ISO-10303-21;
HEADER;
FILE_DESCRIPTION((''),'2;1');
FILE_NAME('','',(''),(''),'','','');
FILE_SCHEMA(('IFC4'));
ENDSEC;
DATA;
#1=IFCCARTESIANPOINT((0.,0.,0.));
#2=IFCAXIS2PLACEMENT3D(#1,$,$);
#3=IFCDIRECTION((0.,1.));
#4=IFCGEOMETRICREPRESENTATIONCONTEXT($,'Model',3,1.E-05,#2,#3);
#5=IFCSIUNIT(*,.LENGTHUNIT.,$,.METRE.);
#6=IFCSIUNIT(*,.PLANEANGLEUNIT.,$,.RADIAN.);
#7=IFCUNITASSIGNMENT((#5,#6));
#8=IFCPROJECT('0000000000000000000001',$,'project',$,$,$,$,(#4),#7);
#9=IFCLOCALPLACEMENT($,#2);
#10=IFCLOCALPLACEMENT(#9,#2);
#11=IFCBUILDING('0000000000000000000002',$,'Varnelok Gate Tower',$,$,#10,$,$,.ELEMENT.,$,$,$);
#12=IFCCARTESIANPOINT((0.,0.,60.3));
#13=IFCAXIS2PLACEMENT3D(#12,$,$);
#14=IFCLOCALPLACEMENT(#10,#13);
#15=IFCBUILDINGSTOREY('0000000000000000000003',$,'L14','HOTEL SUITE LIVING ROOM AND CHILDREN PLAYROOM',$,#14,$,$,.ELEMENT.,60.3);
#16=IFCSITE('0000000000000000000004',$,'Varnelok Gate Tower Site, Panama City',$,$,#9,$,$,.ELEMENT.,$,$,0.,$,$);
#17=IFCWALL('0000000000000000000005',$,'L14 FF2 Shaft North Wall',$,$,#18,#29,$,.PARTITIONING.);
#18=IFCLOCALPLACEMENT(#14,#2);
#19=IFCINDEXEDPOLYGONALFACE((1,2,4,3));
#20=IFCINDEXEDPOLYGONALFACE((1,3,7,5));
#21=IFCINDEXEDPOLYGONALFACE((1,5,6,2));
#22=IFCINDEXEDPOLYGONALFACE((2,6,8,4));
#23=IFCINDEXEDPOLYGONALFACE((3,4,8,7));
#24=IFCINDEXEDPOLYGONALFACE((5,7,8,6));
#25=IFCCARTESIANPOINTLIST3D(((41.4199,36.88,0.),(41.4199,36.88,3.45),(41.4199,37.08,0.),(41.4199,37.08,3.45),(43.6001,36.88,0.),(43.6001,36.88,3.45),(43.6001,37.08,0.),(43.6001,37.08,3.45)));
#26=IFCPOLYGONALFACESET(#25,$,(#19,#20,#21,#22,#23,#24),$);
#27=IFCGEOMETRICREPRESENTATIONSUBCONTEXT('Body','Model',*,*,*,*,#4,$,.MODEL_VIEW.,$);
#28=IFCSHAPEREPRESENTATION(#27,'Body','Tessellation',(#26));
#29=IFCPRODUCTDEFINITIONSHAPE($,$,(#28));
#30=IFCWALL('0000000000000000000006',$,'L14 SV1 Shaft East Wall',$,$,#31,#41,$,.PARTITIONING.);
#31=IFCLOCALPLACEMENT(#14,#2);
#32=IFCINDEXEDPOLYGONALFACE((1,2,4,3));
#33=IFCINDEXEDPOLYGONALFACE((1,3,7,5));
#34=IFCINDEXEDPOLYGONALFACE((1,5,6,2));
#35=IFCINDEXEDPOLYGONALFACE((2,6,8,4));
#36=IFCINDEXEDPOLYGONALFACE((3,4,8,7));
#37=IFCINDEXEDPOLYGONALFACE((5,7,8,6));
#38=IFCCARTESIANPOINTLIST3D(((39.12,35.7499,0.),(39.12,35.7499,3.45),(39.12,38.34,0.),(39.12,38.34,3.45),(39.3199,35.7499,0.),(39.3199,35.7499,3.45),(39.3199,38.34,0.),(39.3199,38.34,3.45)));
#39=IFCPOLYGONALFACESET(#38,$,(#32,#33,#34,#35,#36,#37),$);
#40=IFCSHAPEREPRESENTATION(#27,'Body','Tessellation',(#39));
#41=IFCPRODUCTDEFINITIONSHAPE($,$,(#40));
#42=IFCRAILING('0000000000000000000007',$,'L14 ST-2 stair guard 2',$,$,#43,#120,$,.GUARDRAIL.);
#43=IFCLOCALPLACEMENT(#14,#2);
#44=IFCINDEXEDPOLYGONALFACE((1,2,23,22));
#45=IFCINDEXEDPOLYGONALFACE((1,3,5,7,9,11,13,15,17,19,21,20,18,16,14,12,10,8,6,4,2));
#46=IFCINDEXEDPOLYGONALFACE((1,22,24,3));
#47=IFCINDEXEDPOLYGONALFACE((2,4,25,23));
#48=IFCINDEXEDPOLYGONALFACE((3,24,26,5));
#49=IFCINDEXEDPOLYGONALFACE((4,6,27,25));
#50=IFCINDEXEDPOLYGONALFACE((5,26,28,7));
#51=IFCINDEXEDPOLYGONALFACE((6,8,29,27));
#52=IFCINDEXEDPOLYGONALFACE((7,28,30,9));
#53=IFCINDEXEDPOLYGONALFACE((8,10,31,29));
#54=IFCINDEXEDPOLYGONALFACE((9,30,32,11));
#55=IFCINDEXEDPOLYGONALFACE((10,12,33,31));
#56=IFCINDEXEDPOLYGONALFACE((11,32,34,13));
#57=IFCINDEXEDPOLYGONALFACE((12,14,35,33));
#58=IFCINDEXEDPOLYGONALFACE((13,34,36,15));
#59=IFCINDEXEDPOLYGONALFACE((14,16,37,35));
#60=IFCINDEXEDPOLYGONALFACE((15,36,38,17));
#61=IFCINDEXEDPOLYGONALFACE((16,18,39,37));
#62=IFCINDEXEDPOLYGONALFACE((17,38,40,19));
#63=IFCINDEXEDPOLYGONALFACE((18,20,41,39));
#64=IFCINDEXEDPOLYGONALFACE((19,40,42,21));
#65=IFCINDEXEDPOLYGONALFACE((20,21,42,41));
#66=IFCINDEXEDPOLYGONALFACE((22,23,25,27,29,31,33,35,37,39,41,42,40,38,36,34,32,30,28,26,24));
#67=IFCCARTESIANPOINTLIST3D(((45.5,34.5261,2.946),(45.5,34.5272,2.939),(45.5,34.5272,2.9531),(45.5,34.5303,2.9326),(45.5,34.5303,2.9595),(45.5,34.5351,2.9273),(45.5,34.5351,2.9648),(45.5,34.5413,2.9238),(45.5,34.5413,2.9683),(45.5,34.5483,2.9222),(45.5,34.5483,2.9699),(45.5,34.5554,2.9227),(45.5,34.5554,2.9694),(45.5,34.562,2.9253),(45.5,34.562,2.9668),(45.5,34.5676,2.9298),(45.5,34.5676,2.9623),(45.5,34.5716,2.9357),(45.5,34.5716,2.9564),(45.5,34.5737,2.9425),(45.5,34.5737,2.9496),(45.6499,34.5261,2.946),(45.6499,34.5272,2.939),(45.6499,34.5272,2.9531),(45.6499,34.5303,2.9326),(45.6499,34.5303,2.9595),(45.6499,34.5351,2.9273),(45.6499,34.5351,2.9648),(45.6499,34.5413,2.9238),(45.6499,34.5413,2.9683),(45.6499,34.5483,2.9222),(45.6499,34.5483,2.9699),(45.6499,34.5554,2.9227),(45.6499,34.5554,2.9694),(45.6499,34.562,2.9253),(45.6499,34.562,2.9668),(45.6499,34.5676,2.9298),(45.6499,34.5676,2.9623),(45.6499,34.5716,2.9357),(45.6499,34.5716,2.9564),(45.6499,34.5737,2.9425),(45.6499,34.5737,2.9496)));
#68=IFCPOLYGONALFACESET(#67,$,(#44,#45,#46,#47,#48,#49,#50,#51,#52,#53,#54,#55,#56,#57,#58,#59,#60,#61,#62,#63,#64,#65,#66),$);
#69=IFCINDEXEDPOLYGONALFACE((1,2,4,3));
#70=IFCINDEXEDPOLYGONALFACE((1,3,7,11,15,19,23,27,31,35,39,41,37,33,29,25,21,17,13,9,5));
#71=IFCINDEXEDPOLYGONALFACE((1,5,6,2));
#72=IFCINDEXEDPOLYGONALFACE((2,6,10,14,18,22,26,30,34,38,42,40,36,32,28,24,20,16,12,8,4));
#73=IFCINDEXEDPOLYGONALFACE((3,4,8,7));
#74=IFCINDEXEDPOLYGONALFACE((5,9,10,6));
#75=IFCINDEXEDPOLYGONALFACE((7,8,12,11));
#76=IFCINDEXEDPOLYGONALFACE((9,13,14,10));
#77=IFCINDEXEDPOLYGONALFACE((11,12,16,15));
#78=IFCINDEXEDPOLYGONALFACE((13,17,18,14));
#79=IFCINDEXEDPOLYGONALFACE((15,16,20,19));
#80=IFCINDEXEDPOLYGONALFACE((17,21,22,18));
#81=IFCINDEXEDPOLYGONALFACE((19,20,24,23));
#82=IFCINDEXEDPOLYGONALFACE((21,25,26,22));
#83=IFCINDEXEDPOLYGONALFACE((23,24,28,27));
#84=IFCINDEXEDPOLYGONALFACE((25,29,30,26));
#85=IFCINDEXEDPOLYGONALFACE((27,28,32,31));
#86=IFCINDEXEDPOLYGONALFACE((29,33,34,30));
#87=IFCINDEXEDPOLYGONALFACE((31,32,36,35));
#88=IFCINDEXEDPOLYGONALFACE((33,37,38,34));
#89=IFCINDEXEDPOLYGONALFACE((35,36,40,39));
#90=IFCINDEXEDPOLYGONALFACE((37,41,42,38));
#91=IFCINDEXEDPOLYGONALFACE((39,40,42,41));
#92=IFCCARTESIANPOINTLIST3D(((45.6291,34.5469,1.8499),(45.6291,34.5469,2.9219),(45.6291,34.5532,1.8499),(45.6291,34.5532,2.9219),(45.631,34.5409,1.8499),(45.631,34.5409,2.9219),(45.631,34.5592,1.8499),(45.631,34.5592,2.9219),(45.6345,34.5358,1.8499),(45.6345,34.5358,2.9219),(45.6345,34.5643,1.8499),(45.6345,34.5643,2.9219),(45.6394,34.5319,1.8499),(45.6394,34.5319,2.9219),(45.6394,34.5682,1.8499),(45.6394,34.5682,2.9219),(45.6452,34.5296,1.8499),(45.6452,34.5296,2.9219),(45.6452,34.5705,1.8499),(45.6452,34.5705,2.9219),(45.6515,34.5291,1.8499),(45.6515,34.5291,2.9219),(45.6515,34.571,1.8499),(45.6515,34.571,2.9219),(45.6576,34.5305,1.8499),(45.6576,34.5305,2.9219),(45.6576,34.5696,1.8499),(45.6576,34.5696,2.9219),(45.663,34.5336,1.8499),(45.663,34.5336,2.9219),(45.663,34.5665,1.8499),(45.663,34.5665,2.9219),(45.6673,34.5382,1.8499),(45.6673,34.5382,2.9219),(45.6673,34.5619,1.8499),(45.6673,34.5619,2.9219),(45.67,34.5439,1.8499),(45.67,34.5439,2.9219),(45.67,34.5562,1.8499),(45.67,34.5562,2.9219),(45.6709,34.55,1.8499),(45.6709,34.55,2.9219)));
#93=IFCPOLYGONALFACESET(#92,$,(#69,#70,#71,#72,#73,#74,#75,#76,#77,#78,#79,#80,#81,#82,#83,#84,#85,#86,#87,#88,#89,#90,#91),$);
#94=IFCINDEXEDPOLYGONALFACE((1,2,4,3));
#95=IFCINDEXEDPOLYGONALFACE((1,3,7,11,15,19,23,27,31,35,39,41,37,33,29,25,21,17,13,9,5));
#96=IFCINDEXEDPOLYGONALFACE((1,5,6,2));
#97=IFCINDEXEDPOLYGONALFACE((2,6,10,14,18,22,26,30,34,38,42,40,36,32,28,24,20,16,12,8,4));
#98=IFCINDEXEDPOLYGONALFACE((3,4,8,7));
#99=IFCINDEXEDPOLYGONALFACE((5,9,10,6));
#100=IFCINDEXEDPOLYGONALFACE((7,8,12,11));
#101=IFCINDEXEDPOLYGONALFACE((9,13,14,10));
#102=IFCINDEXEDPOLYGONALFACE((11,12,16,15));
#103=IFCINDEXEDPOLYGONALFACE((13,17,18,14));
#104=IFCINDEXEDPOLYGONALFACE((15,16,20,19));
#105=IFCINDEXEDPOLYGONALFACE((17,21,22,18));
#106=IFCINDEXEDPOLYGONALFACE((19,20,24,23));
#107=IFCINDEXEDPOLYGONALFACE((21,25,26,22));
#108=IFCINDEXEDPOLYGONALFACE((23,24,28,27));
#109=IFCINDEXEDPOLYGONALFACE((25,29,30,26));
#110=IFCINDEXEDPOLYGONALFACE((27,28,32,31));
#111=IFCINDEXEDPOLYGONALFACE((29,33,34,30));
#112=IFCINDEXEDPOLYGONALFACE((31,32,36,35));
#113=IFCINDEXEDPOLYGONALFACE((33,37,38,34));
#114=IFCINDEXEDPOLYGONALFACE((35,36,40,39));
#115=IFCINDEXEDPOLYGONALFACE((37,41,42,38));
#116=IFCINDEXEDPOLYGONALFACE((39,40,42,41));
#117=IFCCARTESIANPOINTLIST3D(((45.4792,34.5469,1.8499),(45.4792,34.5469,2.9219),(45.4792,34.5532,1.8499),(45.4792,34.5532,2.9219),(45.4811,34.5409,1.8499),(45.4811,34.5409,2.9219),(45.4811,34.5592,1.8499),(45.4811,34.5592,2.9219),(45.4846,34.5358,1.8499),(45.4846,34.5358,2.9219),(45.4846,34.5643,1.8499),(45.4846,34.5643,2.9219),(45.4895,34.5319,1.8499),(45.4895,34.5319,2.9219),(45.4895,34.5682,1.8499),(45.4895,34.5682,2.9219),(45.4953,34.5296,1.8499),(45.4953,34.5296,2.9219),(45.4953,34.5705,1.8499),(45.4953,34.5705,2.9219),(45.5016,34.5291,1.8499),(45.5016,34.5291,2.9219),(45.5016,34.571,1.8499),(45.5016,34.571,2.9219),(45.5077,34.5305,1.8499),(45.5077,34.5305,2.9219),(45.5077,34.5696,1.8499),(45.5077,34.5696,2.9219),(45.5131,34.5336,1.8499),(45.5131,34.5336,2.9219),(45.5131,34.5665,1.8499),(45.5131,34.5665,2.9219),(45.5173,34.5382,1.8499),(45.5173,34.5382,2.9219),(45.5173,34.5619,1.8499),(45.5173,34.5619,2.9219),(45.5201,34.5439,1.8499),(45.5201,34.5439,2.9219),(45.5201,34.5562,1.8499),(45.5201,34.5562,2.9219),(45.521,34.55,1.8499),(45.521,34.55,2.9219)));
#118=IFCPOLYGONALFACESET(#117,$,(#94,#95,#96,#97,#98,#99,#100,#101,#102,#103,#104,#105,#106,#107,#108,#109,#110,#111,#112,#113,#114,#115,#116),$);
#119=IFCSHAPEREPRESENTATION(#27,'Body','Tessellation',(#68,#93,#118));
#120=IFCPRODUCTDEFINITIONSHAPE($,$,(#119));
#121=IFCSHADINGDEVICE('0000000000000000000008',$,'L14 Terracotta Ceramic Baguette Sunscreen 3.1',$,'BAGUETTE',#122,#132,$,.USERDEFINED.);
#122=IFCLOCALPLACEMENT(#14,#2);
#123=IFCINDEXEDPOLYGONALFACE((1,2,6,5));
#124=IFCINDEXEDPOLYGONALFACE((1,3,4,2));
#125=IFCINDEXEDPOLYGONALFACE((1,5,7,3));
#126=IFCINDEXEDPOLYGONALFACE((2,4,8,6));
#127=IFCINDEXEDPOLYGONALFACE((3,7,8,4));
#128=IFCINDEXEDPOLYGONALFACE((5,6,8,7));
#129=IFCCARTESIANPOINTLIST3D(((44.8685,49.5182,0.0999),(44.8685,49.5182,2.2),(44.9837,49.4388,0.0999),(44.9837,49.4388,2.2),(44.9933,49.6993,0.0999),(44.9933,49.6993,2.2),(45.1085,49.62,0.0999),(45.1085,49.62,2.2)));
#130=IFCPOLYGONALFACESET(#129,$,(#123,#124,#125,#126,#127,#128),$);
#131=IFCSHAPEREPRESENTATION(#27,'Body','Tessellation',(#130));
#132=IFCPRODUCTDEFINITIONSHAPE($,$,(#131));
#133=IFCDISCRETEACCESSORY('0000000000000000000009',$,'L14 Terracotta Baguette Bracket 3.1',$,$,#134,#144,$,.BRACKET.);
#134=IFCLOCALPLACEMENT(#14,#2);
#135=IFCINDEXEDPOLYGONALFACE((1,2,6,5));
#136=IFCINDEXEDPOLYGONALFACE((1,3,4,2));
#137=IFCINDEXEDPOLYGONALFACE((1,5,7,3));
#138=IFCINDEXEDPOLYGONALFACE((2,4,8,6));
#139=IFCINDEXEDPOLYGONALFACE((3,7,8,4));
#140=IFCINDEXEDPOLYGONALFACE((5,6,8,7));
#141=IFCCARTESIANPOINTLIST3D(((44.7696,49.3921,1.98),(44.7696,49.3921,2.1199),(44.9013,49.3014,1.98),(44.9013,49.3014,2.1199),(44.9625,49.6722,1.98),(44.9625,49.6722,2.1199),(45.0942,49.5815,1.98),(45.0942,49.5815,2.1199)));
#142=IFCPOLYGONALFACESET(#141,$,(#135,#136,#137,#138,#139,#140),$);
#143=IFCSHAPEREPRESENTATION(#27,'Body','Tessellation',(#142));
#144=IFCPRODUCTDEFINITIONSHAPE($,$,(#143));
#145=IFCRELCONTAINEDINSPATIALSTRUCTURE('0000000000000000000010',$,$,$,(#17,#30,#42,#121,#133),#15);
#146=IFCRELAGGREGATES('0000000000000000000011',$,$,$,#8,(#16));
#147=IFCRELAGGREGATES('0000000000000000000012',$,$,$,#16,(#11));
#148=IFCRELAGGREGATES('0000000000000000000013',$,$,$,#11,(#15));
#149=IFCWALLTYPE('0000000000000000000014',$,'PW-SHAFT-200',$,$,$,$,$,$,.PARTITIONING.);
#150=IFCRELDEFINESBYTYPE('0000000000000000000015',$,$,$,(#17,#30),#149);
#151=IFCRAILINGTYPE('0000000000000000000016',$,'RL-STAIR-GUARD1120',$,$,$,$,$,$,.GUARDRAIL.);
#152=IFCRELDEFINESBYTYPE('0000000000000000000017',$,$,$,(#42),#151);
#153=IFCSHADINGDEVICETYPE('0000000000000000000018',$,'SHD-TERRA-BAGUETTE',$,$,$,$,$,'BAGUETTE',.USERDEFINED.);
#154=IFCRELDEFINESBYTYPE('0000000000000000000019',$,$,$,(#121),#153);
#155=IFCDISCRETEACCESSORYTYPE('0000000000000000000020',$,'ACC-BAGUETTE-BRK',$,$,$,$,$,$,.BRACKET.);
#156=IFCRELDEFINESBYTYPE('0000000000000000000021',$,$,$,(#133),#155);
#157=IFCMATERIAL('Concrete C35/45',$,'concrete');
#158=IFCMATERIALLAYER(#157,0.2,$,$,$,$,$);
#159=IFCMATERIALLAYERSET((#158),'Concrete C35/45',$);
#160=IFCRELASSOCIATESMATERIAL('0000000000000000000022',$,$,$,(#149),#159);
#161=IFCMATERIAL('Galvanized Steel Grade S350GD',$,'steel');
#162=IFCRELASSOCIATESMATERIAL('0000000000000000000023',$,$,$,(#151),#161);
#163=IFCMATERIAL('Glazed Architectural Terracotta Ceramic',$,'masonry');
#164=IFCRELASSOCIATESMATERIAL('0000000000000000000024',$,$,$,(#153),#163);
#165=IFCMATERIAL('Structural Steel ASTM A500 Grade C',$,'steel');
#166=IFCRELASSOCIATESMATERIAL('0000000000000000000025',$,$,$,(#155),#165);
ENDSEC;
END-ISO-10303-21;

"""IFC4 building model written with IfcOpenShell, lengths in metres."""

from ifc_helpers import new_model, si_unit, direction, frame, frame_2d, origin, origin_2d, place, context, subcontext, project, spatial, rectangle, circle, extrude, source, transform, mapped, material, layer, layer_set, type_object, element, save


model = new_model("IFC4")

# Units and contexts
model_context = context("Model", 3, precision=1e-05, world=origin(), true_north=direction((0.0, 1.0)))
body_context = subcontext(model_context, "Body", "Model", "MODEL_VIEW")
ifc_project = project(units=[si_unit("LENGTHUNIT", "METRE"), si_unit("PLANEANGLEUNIT", "RADIAN")], contexts=[model_context])

# Site, building, storey
site_placement = place(None, origin())
site = spatial("IfcSite", under=ifc_project, at=site_placement, Name="Varnelok Gate Tower Site, Panama City", CompositionType="ELEMENT", RefElevation=0.0)
building_placement = place(site_placement, origin())
building = spatial("IfcBuilding", under=site, at=building_placement, Name="Varnelok Gate Tower", CompositionType="ELEMENT")
storey_placement = place(building_placement, frame((0.0, 0.0, 60.3)))
storey = spatial("IfcBuildingStorey", under=building, at=storey_placement, Name="L14", Description="HOTEL SUITE LIVING ROOM AND CHILDREN PLAYROOM", CompositionType="ELEMENT", Elevation=60.3)

# Shared definitions
ifc_material_1 = material(Name="Galvanized Steel Grade S350GD", Category="steel")

# Walls
ifc_material_2 = material(Name="Concrete C35/45", Category="concrete")
ifc_layer_1 = layer(ifc_material_2, 0.2)
ifc_layer_set_1 = layer_set([ifc_layer_1], Name="Concrete C35/45")
wall_type_1 = type_object("IfcWallType", Name="PW-SHAFT-200", PredefinedType="PARTITIONING", material=ifc_layer_set_1)
wall_1_placement = place(storey_placement, frame((41.4199, 36.98, 0.0), z_axis=(0.0, 0.0, 1.0), x_axis=(1.0, 0.0, 0.0)))
element("IfcWall", 1, at=wall_1_placement, inside=storey, type_object=wall_type_1, Name="L14 FF2 Shaft North Wall", PredefinedType="PARTITIONING", context=body_context, shape_type="SweptSolid", body=[
    extrude(rectangle(XDim=2.1802, YDim=0.2, at=frame_2d((1.0901, 0.0))), origin(), (0.0, 0.0, 1.0), 3.45),
])
wall_2_placement = place(storey_placement, frame((39.22, 35.75, 0.0), z_axis=(0.0, 0.0, 1.0), x_axis=(0.0, 1.0, 0.0)))
element("IfcWall", 2, at=wall_2_placement, inside=storey, type_object=wall_type_1, Name="L14 SV1 Shaft East Wall", PredefinedType="PARTITIONING", context=body_context, shape_type="SweptSolid", body=[
    extrude(rectangle(XDim=2.5901, YDim=0.2, at=frame_2d((1.2949, 0.0))), origin(), (0.0, 0.0, 1.0), 3.45),
])

# Railing
railing_type_1 = type_object("IfcRailingType", Name="RL-STAIR-GUARD1120", PredefinedType="GUARDRAIL", material=ifc_material_1)
railing_1_placement = place(storey_placement, frame((45.6499, 34.55, 1.8499)))
element("IfcRailing", 3, at=railing_1_placement, inside=storey, type_object=railing_type_1, Name="L14 ST-2 stair guard 2", PredefinedType="GUARDRAIL", context=body_context, shape_type="SweptSolid", body=[
    extrude(circle(Radius=0.0239, at=origin_2d()), frame((0.0, 0.0, 1.0962), z_axis=(-1.0, 0.0, 0.0), x_axis=(0.0, -1.0, 0.0)), (0.0, 0.0, 1.0), 0.1499),
    extrude(circle(Radius=0.021, at=origin_2d()), origin(), (0.0, 0.0, 1.0), 1.072),
    extrude(circle(Radius=0.021, at=origin_2d()), frame((-0.1499, 0.0, 0.0)), (0.0, 0.0, 1.0), 1.072),
])

# Shading device
ifc_material_3 = material(Name="Glazed Architectural Terracotta Ceramic", Category="masonry")
shading_device_type = type_object("IfcShadingDeviceType", Name="SHD-TERRA-BAGUETTE", ElementType="BAGUETTE", PredefinedType="USERDEFINED", material=ifc_material_3)
shared_shape_1 = source(origin(), body_context, "Body", "SweptSolid", [
    extrude(rectangle(XDim=0.1399, YDim=0.22, at=origin_2d()), origin(), (0.0, 0.0, 1.0), 2.1001),
])
shading_device_placement = place(storey_placement, frame((44.9885, 49.5691, 0.0999), z_axis=(0.0, 0.0, 1.0), x_axis=(0.823533, -0.567269, 0.0)))
element("IfcShadingDevice", 4, at=shading_device_placement, inside=storey, type_object=shading_device_type, Name="L14 Terracotta Ceramic Baguette Sunscreen 3.1", ObjectType="BAGUETTE", PredefinedType="USERDEFINED", context=body_context, shape_type="MappedRepresentation", body=[
    mapped(shared_shape_1, transform((0.0, 0.0, 0.0), scale=1.0)),
])

# Discrete accessory
ifc_material_4 = material(Name="Structural Steel ASTM A500 Grade C", Category="steel")
discrete_accessory_type = type_object("IfcDiscreteAccessoryType", Name="ACC-BAGUETTE-BRK", PredefinedType="BRACKET", material=ifc_material_4)
shared_shape_2 = source(origin(), body_context, "Body", "SweptSolid", [
    extrude(rectangle(XDim=0.1599, YDim=0.3401, at=origin_2d()), origin(), (0.0, 0.0, 1.0), 0.1399),
])
discrete_accessory_placement = place(storey_placement, frame((44.9319, 49.4868, 1.98), z_axis=(0.0, 0.0, 1.0), x_axis=(0.823533, -0.567269, 0.0)))
element("IfcDiscreteAccessory", 5, at=discrete_accessory_placement, inside=storey, type_object=discrete_accessory_type, Name="L14 Terracotta Baguette Bracket 3.1", PredefinedType="BRACKET", context=body_context, shape_type="MappedRepresentation", body=[
    mapped(shared_shape_2, transform((0.0, 0.0, 0.0), scale=1.0)),
])

save(model, "model.ifc")
